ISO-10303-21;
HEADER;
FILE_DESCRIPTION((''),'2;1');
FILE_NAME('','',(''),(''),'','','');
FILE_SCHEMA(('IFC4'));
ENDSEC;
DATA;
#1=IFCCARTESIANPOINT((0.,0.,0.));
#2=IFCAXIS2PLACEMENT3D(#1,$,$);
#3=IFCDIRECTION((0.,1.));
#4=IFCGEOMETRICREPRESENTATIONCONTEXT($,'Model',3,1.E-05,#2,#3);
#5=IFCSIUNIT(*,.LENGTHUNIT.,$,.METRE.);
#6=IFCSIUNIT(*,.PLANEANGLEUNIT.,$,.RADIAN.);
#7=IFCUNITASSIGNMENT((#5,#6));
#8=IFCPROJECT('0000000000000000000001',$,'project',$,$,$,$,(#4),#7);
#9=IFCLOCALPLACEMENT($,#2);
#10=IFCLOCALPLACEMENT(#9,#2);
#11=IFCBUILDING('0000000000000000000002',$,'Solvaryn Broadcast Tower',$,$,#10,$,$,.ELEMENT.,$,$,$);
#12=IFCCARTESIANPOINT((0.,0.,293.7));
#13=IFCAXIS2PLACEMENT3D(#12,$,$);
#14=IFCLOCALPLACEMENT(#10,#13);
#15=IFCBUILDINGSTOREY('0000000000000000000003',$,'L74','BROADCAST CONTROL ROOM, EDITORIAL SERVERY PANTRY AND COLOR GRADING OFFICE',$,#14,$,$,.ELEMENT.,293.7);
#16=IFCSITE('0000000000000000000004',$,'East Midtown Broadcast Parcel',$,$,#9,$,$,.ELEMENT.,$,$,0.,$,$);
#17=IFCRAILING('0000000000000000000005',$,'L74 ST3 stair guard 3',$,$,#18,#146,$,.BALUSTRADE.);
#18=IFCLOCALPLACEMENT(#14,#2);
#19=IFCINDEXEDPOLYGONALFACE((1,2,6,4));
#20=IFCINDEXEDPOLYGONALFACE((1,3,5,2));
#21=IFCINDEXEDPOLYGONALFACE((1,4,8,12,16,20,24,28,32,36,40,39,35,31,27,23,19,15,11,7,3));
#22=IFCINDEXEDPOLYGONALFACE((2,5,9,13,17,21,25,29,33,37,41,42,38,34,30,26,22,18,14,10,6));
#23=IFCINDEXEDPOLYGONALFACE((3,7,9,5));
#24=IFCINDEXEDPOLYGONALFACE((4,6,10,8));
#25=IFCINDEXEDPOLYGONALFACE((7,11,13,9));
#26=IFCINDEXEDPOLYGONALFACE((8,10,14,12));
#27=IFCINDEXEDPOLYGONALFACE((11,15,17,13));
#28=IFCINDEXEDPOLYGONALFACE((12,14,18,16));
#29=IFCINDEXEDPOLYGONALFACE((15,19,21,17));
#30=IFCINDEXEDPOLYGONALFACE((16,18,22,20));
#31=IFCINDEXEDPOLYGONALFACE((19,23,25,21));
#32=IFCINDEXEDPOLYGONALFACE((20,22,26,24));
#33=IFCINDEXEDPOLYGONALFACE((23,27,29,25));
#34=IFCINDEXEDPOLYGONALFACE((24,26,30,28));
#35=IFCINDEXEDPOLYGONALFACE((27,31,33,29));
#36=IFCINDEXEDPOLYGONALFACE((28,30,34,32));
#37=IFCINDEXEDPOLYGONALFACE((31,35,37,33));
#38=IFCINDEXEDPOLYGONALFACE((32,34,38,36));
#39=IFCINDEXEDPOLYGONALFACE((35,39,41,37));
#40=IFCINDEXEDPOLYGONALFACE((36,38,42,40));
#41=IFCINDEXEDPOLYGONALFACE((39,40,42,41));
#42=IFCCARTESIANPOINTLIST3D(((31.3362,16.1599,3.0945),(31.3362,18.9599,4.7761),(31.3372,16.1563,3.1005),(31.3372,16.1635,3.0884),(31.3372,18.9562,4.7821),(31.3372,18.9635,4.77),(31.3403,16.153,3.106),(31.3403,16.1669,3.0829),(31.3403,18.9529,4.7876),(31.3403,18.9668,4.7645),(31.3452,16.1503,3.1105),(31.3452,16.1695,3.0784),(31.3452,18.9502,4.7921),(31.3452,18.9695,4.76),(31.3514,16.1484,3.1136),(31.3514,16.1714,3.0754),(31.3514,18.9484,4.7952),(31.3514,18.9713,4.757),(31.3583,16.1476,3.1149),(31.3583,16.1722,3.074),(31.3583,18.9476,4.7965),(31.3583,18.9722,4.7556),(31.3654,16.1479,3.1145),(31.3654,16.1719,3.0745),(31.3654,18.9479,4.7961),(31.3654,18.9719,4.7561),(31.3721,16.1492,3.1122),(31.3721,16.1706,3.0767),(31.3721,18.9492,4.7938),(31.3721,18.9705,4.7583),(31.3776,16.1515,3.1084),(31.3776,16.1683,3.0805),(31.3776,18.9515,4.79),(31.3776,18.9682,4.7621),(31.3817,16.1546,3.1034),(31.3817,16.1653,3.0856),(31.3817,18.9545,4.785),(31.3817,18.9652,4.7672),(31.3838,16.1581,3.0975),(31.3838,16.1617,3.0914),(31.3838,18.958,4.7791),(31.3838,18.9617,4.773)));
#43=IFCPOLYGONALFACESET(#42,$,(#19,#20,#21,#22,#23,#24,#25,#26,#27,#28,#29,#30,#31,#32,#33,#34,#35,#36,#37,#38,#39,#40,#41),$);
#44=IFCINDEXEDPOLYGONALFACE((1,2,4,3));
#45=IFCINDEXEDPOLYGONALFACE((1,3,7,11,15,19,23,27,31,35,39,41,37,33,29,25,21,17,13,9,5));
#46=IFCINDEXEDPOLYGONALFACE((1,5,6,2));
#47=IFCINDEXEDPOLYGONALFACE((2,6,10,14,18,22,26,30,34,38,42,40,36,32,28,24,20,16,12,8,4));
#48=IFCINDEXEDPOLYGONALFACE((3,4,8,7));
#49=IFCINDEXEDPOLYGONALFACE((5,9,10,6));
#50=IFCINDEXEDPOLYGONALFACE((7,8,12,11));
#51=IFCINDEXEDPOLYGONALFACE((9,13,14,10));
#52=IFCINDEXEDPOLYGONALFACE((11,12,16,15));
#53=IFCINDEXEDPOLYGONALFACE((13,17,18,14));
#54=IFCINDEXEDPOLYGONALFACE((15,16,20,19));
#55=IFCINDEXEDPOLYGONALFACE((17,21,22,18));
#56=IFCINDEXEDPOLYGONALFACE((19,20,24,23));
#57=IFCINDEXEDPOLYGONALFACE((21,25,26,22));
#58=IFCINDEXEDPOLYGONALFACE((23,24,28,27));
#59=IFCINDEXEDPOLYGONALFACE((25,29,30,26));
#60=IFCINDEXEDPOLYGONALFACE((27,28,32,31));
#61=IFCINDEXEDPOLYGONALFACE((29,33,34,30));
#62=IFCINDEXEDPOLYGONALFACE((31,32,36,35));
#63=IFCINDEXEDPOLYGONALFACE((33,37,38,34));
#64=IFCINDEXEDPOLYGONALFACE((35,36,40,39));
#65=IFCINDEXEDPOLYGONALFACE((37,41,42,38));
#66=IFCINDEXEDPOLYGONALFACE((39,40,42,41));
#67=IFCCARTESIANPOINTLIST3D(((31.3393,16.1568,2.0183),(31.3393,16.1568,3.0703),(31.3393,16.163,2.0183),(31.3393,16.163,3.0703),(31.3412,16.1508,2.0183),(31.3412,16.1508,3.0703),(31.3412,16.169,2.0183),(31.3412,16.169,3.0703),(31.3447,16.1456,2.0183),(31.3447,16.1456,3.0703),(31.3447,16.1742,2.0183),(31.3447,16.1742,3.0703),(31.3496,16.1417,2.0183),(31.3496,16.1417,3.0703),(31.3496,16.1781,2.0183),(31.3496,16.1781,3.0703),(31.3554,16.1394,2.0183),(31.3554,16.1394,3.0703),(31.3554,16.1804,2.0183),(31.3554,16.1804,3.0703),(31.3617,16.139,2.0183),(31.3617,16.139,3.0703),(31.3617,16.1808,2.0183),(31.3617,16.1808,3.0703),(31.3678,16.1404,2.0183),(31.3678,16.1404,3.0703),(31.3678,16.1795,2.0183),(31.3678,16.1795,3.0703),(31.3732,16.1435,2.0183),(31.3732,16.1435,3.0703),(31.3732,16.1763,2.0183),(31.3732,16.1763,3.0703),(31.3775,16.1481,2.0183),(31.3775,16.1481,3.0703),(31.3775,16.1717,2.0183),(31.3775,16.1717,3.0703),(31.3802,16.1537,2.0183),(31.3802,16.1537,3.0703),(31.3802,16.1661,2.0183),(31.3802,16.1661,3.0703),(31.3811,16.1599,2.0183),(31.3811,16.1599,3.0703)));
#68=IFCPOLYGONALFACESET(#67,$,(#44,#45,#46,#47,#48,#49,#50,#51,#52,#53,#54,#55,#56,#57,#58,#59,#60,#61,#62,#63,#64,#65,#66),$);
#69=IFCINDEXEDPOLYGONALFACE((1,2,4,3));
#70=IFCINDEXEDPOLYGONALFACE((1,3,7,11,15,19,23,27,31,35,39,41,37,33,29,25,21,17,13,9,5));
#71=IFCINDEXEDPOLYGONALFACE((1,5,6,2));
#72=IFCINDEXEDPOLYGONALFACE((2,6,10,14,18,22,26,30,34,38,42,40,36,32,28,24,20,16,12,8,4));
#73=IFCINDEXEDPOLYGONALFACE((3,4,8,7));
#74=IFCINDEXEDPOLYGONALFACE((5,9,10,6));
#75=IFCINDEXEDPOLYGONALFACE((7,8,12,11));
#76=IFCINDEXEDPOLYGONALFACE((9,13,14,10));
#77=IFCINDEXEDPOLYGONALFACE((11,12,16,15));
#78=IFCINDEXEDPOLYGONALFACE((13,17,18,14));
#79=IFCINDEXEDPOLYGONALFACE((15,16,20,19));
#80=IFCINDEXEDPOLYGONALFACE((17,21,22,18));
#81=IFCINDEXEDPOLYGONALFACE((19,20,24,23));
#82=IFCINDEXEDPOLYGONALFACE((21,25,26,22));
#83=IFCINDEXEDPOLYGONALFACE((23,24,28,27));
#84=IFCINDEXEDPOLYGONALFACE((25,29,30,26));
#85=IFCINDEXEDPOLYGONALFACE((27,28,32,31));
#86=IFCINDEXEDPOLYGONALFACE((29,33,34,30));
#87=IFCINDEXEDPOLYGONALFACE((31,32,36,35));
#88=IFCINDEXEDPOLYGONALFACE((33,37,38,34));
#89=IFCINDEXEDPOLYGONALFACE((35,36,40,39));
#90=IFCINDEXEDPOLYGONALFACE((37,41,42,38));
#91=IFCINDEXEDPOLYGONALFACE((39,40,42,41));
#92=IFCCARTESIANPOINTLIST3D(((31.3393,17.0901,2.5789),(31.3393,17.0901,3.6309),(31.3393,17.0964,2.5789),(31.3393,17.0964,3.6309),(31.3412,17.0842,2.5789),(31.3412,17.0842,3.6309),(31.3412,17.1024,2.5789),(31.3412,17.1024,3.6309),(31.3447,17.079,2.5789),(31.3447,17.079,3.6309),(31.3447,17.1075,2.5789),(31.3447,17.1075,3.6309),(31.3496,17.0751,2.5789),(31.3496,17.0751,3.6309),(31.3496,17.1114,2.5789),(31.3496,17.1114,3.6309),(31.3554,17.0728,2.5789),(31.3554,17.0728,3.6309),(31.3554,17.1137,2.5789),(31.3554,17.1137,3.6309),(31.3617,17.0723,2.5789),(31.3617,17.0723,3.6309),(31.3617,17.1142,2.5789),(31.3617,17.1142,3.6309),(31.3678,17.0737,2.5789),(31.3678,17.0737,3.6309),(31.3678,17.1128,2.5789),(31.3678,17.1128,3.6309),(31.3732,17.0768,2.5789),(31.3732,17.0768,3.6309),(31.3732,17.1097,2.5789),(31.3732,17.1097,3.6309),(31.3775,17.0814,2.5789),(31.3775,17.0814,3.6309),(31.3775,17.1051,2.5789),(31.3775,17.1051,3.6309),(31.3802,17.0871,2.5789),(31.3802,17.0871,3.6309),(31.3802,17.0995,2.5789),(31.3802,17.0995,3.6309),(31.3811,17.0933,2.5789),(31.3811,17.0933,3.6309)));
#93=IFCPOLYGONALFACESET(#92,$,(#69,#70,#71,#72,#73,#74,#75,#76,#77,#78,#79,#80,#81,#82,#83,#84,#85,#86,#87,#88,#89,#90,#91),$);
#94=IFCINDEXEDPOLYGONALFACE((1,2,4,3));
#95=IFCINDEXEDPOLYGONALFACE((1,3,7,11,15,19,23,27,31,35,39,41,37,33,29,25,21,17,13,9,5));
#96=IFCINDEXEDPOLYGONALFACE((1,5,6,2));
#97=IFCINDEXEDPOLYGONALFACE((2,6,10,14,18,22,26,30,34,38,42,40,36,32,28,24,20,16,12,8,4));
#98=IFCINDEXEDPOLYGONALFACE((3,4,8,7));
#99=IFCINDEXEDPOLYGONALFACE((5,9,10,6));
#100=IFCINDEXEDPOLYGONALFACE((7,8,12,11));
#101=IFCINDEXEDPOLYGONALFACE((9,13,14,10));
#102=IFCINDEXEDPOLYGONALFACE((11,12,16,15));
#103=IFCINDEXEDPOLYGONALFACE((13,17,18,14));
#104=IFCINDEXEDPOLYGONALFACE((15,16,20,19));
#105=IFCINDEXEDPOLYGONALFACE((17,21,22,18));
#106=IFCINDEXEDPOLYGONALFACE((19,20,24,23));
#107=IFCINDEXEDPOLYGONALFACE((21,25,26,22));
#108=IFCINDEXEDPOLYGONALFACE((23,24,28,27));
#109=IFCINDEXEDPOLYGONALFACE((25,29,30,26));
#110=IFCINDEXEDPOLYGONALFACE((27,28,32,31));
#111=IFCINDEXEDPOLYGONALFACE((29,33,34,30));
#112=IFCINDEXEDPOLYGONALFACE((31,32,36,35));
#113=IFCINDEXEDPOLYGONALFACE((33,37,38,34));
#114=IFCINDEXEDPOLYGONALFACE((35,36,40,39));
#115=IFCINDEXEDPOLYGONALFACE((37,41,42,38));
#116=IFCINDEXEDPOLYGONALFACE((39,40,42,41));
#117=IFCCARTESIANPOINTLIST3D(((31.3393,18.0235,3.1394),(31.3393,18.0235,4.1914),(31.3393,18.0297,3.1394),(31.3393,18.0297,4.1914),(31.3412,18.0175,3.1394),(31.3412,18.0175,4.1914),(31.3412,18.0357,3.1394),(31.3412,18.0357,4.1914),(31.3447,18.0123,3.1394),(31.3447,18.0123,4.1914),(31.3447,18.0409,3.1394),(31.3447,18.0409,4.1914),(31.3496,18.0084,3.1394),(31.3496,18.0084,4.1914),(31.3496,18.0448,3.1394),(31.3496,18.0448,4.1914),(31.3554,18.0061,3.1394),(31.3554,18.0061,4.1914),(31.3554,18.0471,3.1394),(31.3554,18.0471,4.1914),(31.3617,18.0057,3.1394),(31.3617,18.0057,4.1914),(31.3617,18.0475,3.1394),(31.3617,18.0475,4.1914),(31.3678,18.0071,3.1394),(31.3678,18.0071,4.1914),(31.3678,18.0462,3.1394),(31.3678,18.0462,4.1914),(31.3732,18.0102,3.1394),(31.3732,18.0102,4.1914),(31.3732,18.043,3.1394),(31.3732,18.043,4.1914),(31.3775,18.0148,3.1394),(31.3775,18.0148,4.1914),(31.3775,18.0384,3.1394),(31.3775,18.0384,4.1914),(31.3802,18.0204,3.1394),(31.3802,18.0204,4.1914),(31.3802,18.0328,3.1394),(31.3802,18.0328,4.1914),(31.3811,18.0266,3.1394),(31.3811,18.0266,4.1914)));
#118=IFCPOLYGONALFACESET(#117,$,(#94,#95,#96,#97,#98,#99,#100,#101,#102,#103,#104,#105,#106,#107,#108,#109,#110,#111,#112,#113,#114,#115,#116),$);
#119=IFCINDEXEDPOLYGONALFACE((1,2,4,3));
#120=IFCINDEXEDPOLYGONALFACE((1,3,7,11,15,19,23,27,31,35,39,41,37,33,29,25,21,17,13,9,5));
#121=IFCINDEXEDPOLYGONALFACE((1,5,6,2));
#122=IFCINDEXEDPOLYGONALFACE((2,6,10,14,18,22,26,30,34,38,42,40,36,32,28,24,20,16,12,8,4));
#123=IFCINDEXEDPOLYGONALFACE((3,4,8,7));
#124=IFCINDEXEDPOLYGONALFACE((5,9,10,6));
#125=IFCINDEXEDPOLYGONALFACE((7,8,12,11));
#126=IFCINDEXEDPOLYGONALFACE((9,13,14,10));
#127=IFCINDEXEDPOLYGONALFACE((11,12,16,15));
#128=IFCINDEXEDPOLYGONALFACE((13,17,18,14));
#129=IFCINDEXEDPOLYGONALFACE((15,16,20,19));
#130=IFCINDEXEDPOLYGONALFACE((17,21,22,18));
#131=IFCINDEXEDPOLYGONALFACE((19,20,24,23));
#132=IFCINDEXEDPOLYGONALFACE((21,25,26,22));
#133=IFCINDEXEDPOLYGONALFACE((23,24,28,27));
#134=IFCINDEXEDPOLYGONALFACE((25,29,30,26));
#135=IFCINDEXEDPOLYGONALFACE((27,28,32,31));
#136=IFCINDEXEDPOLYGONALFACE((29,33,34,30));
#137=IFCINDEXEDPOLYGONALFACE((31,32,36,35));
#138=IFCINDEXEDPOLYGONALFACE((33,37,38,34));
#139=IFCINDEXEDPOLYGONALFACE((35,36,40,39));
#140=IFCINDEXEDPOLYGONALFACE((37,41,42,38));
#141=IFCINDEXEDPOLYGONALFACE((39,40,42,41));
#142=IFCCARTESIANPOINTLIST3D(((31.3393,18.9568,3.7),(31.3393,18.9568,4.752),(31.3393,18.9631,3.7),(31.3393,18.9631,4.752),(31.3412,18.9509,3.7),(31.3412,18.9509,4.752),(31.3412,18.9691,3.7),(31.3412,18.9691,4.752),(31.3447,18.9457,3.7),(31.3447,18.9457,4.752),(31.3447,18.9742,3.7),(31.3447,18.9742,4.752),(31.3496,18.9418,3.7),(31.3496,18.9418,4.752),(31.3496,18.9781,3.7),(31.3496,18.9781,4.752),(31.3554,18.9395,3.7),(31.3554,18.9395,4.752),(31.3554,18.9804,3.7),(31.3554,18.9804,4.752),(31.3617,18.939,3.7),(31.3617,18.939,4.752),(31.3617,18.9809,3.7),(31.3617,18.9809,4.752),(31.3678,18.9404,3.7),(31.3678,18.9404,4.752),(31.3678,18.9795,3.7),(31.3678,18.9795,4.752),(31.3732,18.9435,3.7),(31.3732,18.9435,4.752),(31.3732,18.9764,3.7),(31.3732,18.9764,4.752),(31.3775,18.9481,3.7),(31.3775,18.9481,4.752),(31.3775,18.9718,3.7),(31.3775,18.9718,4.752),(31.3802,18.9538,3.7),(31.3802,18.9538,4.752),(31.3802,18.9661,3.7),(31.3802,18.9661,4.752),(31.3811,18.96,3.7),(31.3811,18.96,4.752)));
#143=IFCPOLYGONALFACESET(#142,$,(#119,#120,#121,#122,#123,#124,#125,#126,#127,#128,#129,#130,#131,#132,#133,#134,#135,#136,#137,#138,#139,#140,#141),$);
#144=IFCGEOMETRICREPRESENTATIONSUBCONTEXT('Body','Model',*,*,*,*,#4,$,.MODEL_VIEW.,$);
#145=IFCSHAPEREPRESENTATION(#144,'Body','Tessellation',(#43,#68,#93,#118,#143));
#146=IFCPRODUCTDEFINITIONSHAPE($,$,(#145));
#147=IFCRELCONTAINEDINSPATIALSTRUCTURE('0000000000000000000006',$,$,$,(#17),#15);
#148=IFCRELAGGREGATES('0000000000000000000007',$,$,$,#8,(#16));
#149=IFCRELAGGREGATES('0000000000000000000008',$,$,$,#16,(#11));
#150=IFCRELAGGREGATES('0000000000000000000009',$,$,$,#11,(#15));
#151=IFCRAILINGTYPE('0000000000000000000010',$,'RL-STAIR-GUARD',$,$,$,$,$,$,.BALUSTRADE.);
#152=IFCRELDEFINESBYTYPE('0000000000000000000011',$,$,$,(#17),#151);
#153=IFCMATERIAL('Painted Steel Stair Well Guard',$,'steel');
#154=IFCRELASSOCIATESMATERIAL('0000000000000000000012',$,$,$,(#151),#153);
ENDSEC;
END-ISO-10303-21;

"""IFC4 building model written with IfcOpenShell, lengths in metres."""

from ifc_helpers import new_model, si_unit, direction, frame, origin, origin_2d, place, context, subcontext, project, spatial, circle, extrude, material, type_object, element, save


model = new_model("IFC4")

# Units and contexts
model_context = context("Model", 3, precision=1e-05, world=origin(), true_north=direction((0.0, 1.0)))
body_context = subcontext(model_context, "Body", "Model", "MODEL_VIEW")
ifc_project = project(units=[si_unit("LENGTHUNIT", "METRE"), si_unit("PLANEANGLEUNIT", "RADIAN")], contexts=[model_context])

# Site, building, storey
site_placement = place(None, origin())
site = spatial("IfcSite", under=ifc_project, at=site_placement, Name="East Midtown Broadcast Parcel", CompositionType="ELEMENT", RefElevation=0.0)
building_placement = place(site_placement, origin())
building = spatial("IfcBuilding", under=site, at=building_placement, Name="Solvaryn Broadcast Tower", CompositionType="ELEMENT")
storey_placement = place(building_placement, frame((0.0, 0.0, 293.7)))
storey = spatial("IfcBuildingStorey", under=building, at=storey_placement, Name="L74", Description="BROADCAST CONTROL ROOM, EDITORIAL SERVERY PANTRY AND COLOR GRADING OFFICE", CompositionType="ELEMENT", Elevation=293.7)

# Railing
ifc_material_1 = material(Name="Painted Steel Stair Well Guard", Category="steel")
railing_type_1 = type_object("IfcRailingType", Name="RL-STAIR-GUARD", PredefinedType="BALUSTRADE", material=ifc_material_1)
railing_1_placement = place(storey_placement, frame((31.3601, 16.1599, 2.0183)))
element("IfcRailing", 1, at=railing_1_placement, inside=storey, type_object=railing_type_1, Name="L74 ST3 stair guard 3", PredefinedType="BALUSTRADE", context=body_context, shape_type="SweptSolid", body=[
    extrude(circle(Radius=0.0239, at=origin_2d()), frame((0.0, 0.0, 1.0762), z_axis=(0.0, 0.857275, 0.514858), x_axis=(-1.0, 0.0, 0.0)), (0.0, 0.0, 1.0), 3.2661),
    extrude(circle(Radius=0.021, at=origin_2d()), origin(), (0.0, 0.0, 1.0), 1.052),
    extrude(circle(Radius=0.021, at=origin_2d()), frame((0.0, 0.9333, 0.5605)), (0.0, 0.0, 1.0), 1.052),
    extrude(circle(Radius=0.021, at=origin_2d()), frame((0.0, 1.8667, 1.1211)), (0.0, 0.0, 1.0), 1.052),
    extrude(circle(Radius=0.021, at=origin_2d()), frame((0.0, 2.8, 1.6816)), (0.0, 0.0, 1.0), 1.052),
])

save(model, "model.ifc")
